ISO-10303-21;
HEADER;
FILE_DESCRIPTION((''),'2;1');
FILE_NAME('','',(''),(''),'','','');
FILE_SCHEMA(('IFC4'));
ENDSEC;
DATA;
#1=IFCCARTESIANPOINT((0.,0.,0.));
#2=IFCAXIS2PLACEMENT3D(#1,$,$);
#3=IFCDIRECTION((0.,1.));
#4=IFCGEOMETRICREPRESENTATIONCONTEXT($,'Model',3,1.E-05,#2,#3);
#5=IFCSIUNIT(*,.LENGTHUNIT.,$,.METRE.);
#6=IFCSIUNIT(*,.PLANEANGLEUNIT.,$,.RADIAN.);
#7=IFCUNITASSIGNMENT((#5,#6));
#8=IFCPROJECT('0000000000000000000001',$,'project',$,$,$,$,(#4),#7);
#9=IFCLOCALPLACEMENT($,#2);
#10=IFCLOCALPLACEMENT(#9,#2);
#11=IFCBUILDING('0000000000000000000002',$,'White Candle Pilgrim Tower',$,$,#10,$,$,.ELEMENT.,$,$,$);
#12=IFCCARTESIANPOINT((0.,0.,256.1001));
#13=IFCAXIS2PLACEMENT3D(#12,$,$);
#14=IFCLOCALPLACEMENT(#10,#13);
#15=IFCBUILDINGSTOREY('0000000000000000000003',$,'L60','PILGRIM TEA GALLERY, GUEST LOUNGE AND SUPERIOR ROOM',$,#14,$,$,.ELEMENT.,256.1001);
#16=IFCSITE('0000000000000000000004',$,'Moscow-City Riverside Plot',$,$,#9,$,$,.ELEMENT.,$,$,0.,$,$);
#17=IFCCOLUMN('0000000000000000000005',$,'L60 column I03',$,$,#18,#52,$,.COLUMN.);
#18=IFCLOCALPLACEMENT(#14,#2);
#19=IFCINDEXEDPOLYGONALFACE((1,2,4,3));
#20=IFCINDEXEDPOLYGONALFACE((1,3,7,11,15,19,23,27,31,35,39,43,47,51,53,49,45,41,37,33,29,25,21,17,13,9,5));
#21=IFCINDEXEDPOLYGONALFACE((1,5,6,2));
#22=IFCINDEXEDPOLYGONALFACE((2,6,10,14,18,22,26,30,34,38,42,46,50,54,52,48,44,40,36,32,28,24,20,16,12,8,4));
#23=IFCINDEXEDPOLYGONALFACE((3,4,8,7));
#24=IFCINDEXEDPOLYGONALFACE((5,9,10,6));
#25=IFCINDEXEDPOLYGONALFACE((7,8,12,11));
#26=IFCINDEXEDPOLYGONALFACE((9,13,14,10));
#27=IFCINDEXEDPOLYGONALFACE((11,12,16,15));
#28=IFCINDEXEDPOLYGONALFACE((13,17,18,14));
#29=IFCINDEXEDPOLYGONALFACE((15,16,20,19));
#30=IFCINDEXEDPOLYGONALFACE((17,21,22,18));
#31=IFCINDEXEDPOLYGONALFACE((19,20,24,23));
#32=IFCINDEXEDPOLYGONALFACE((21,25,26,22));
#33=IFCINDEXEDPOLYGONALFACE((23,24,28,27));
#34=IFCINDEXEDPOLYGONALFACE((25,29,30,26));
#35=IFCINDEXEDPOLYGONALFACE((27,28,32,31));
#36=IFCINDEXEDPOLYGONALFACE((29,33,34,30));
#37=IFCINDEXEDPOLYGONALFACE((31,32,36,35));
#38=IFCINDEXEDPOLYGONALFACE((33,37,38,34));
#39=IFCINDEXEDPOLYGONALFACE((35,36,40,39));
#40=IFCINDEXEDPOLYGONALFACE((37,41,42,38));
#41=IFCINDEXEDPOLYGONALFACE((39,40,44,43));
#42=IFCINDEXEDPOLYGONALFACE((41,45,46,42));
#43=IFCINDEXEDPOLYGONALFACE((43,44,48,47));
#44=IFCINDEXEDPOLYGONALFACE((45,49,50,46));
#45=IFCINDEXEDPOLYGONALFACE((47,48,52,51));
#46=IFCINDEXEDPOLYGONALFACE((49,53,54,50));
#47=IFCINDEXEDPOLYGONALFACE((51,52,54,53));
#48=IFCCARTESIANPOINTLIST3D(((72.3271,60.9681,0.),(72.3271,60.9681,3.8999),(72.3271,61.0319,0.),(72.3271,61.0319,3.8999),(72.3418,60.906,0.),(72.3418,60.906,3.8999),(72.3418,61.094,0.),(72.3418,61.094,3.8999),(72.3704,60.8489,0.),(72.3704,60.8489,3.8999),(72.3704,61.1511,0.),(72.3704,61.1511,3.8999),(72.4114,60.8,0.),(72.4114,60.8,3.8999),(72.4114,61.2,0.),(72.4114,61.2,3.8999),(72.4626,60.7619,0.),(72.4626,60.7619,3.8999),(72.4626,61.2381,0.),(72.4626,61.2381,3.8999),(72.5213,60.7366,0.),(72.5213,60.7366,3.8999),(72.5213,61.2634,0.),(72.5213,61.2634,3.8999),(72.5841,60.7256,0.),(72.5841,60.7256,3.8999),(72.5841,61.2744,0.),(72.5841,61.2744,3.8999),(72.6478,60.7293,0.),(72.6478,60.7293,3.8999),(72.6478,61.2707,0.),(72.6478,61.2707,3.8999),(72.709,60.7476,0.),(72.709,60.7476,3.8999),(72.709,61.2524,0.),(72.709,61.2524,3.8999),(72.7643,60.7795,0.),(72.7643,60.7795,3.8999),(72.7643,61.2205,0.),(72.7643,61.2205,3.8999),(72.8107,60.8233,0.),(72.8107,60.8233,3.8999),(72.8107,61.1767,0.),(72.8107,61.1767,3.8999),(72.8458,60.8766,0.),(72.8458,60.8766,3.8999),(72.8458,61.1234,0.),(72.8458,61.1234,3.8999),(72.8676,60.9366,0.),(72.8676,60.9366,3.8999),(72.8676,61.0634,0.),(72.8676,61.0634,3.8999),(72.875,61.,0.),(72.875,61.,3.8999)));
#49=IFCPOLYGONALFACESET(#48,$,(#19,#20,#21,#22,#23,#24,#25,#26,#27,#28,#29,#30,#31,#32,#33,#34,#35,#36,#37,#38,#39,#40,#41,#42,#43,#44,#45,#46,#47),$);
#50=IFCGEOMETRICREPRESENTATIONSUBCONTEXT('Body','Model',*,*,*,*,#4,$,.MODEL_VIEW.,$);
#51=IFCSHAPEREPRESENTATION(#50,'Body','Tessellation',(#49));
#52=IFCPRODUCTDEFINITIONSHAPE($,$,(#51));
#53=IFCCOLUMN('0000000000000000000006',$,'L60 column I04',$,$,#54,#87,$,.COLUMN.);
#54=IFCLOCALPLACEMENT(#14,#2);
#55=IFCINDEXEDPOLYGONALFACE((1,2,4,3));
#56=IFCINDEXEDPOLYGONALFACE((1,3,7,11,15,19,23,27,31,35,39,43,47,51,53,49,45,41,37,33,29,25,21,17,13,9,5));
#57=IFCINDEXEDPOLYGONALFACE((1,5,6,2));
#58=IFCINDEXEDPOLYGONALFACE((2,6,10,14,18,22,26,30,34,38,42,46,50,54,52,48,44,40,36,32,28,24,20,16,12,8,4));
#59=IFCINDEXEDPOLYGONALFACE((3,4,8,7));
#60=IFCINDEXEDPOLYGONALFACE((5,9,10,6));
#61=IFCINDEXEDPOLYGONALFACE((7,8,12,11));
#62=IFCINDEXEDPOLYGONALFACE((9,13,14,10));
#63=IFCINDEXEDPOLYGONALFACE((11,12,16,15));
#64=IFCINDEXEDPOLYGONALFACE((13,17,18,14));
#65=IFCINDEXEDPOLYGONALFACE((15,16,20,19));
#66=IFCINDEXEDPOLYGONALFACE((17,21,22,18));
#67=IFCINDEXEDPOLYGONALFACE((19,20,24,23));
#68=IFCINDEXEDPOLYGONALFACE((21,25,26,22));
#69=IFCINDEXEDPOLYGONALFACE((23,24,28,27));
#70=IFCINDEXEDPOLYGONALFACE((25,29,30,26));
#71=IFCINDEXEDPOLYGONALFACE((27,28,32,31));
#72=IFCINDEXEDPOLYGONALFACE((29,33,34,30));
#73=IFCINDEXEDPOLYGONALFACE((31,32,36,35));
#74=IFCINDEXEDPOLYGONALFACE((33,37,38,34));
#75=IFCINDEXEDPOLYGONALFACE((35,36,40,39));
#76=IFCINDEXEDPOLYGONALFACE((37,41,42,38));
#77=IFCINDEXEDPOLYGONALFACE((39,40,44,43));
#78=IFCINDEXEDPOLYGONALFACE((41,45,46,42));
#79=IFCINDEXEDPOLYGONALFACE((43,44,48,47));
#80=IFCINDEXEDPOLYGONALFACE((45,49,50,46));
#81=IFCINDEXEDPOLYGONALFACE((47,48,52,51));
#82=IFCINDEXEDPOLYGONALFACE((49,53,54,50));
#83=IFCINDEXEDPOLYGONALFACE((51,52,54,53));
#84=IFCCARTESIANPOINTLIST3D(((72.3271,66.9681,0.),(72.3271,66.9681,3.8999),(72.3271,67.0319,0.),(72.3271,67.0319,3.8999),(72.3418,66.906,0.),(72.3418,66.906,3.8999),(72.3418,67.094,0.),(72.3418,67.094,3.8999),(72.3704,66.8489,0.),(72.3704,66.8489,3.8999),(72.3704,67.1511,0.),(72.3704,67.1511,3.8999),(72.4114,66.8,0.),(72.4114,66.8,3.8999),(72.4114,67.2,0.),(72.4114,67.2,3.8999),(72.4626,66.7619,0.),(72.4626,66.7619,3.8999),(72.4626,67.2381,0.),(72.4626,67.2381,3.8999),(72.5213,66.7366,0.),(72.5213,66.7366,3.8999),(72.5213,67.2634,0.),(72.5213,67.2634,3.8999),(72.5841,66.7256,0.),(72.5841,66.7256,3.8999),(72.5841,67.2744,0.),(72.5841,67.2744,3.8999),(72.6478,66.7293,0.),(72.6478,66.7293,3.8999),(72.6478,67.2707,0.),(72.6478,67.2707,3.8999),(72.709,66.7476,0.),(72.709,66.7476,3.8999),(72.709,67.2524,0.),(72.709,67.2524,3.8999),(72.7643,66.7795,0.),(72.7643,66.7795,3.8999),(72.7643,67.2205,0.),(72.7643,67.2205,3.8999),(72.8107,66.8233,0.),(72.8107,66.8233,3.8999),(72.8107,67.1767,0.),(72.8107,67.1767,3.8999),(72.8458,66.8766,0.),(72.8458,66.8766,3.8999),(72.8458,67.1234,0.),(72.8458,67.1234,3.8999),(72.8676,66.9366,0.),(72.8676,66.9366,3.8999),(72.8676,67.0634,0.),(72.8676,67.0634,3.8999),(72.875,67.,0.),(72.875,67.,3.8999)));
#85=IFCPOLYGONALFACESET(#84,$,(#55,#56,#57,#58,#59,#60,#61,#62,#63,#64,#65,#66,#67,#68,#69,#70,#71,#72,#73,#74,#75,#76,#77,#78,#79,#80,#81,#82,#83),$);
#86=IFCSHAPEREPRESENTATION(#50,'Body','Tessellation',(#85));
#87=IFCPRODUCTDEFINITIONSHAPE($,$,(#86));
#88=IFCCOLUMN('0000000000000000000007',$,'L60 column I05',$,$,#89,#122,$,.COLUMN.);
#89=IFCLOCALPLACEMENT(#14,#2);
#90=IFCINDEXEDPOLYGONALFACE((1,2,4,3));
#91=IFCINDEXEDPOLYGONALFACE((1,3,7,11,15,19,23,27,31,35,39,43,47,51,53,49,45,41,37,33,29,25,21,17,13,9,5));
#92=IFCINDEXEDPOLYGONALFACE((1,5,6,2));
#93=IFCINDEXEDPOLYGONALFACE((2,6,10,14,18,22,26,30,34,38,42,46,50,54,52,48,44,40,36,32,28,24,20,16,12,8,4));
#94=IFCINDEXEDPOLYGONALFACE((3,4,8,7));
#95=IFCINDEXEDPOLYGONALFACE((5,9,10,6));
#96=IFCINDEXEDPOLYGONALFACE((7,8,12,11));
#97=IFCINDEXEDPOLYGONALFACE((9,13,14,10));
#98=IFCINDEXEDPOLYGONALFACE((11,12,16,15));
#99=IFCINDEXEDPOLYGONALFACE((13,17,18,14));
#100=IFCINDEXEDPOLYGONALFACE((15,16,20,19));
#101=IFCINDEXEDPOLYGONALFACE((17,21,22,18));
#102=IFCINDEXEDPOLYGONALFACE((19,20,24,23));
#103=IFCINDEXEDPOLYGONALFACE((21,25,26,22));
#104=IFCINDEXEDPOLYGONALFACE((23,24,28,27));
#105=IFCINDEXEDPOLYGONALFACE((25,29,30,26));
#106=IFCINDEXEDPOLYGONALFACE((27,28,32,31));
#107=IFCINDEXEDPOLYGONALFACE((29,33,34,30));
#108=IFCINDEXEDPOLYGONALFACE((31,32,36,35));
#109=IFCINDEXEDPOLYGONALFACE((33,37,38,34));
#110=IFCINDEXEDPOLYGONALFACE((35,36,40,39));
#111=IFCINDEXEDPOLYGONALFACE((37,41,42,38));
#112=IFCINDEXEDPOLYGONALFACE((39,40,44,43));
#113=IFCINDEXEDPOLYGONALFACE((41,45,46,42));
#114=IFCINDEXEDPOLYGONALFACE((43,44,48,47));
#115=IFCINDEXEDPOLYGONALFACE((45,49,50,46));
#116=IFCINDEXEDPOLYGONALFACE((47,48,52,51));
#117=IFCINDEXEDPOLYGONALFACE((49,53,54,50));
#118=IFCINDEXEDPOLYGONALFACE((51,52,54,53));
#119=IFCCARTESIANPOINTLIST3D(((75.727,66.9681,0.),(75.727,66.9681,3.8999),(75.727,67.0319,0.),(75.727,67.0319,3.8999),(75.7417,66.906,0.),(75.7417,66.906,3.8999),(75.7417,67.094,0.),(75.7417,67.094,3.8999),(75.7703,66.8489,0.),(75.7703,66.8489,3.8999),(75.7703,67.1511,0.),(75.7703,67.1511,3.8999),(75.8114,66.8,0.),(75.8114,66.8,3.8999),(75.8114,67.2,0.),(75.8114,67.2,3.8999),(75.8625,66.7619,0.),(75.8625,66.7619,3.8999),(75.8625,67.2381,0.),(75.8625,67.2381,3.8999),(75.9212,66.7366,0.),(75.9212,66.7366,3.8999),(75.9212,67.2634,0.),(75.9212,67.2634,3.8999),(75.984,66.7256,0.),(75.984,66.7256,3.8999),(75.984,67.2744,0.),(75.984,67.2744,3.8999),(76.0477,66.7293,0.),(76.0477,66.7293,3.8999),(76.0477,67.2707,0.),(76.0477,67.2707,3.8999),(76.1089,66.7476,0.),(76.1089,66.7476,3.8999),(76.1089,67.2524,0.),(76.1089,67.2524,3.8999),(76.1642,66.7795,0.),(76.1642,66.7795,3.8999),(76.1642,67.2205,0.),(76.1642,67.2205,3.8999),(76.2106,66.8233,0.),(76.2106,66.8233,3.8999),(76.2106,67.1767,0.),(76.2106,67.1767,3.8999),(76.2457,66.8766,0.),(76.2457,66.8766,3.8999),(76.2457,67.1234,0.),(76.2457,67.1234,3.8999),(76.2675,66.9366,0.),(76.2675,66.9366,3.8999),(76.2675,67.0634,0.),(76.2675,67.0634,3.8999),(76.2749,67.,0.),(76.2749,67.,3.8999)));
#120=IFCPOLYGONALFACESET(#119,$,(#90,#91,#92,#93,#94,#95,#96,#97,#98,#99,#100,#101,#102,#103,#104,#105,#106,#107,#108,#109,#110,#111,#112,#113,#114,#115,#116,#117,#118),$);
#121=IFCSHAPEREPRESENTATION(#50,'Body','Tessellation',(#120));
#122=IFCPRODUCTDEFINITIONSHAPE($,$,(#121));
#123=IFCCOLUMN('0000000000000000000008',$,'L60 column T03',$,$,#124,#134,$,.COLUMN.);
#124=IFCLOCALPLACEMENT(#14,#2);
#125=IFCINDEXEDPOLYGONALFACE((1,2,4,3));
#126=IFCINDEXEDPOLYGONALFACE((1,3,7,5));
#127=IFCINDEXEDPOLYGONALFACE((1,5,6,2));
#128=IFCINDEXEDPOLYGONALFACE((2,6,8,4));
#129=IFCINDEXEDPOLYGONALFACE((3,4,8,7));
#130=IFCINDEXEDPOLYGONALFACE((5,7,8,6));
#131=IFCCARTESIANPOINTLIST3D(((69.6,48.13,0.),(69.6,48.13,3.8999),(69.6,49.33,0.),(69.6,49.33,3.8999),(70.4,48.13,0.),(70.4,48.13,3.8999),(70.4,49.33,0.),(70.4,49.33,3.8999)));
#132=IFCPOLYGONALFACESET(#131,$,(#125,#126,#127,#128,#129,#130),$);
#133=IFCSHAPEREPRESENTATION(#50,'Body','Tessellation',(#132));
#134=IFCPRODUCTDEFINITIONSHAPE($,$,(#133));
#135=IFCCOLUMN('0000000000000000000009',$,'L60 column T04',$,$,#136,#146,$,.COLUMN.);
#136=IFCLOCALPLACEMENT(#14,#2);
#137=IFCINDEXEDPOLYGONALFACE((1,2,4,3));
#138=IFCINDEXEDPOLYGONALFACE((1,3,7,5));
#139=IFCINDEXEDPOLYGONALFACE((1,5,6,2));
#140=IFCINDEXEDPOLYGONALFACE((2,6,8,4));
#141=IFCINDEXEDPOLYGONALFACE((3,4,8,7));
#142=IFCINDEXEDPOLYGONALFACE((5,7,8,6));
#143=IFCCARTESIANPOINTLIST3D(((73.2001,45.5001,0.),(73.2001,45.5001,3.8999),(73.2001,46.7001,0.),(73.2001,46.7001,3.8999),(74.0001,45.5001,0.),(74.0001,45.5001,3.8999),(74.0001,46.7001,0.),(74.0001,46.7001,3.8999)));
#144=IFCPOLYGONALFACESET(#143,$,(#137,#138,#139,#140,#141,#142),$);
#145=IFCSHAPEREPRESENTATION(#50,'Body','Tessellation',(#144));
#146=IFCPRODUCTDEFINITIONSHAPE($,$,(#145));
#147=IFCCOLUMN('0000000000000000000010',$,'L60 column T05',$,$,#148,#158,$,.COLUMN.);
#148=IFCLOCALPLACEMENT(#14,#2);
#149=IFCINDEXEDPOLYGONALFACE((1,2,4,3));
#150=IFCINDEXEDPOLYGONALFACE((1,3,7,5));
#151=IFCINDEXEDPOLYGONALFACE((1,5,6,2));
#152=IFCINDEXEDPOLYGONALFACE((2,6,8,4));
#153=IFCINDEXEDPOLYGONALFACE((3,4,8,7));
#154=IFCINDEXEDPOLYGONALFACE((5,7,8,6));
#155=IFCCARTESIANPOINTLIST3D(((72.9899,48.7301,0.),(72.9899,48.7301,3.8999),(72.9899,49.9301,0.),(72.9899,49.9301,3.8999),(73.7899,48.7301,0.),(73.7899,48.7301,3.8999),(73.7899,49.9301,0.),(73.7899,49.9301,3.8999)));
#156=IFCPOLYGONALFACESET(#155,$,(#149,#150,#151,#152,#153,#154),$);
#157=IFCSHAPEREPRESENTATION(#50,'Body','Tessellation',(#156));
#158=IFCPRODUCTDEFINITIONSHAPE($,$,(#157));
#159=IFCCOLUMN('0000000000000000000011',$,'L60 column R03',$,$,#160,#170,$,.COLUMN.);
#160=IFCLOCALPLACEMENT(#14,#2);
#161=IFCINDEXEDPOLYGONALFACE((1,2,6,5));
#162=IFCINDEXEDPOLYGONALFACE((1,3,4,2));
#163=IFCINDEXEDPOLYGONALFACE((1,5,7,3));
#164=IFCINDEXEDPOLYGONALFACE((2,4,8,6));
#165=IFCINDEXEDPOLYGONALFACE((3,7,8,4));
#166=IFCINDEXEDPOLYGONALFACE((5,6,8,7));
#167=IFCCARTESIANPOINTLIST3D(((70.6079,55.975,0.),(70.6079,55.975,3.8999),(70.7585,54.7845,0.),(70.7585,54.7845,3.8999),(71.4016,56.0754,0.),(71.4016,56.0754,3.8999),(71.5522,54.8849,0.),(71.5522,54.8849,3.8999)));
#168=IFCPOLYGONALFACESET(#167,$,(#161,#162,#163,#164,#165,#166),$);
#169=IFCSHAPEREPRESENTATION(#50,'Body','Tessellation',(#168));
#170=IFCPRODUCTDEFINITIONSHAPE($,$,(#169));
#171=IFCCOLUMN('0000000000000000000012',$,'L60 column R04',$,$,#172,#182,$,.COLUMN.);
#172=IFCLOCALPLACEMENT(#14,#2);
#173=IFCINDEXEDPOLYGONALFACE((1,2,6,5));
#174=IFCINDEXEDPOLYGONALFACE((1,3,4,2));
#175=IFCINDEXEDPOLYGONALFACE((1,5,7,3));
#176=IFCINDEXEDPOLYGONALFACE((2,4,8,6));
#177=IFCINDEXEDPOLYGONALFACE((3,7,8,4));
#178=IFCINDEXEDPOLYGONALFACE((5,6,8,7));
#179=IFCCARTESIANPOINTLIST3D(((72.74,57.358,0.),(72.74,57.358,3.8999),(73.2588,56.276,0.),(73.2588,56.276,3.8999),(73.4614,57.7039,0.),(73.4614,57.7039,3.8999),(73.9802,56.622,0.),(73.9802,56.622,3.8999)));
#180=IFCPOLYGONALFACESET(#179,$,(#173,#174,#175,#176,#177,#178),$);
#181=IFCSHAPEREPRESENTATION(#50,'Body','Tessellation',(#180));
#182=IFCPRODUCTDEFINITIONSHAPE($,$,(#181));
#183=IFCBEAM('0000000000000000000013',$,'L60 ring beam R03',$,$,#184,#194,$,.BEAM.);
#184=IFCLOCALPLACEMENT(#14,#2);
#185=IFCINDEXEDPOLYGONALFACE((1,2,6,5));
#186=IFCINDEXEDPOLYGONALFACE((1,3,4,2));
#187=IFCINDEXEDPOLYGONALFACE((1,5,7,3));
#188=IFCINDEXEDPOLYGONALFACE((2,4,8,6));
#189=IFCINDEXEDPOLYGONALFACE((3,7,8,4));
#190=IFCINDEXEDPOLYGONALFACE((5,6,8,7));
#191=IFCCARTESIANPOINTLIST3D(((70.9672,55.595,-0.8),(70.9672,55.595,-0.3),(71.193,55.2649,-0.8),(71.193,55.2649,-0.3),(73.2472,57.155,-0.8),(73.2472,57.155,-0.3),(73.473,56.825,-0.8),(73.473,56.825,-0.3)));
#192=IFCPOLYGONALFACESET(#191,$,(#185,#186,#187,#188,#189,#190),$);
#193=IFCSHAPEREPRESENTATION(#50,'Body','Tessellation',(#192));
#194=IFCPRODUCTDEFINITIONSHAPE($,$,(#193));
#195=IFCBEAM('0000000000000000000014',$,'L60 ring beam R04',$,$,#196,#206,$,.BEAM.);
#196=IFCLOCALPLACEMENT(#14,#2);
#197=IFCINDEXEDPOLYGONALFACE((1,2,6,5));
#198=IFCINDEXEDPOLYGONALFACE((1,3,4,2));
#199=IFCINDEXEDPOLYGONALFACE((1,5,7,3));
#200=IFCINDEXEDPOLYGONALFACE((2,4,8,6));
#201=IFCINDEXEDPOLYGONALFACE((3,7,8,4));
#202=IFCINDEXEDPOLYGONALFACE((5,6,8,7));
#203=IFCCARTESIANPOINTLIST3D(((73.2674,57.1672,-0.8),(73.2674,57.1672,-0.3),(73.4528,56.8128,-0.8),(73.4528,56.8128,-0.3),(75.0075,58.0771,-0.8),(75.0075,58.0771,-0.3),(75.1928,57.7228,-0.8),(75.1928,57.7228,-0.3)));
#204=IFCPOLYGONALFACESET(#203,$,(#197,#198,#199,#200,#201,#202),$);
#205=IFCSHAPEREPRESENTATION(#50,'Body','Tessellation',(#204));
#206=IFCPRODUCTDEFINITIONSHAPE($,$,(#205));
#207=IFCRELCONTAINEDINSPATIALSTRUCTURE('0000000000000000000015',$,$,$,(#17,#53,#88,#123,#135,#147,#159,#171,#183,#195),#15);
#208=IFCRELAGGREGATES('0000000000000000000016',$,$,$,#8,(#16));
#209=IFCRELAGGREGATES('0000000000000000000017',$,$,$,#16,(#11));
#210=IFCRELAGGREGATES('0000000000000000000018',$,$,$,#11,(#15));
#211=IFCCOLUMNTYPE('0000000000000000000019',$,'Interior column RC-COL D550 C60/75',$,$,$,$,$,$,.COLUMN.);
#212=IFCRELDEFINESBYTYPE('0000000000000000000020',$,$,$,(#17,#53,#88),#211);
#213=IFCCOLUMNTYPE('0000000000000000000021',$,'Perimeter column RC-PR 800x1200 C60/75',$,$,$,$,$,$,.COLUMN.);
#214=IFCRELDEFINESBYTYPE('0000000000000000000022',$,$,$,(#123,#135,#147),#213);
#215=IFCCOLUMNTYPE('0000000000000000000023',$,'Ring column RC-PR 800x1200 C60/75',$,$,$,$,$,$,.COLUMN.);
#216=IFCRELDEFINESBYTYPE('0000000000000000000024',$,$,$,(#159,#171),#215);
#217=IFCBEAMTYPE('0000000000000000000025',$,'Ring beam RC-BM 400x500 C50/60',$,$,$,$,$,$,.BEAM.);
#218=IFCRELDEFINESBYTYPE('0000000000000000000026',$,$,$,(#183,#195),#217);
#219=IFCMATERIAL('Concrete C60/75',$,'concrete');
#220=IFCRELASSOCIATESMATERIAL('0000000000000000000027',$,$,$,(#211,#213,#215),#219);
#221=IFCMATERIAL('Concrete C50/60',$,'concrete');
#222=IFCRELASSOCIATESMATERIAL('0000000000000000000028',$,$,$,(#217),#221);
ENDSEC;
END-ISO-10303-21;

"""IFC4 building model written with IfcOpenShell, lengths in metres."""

from ifc_helpers import new_model, si_unit, direction, frame, origin, origin_2d, place, context, subcontext, project, spatial, rectangle, circle, extrude, material, material_profile, profile_set, type_object, element, save


model = new_model("IFC4")

# Units and contexts
model_context = context("Model", 3, precision=1e-05, world=origin(), true_north=direction((0.0, 1.0)))
body_context = subcontext(model_context, "Body", "Model", "MODEL_VIEW")
ifc_project = project(units=[si_unit("LENGTHUNIT", "METRE"), si_unit("PLANEANGLEUNIT", "RADIAN")], contexts=[model_context])

# Site, building, storey
site_placement = place(None, origin())
site = spatial("IfcSite", under=ifc_project, at=site_placement, Name="Moscow-City Riverside Plot", CompositionType="ELEMENT", RefElevation=0.0)
building_placement = place(site_placement, origin())
building = spatial("IfcBuilding", under=site, at=building_placement, Name="White Candle Pilgrim Tower", CompositionType="ELEMENT")
storey_placement = place(building_placement, frame((0.0, 0.0, 256.1001)))
storey = spatial("IfcBuildingStorey", under=building, at=storey_placement, Name="L60", Description="PILGRIM TEA GALLERY, GUEST LOUNGE AND SUPERIOR ROOM", CompositionType="ELEMENT", Elevation=256.1001)

# Columns
ifc_material_1 = material(Name="Concrete C60/75", Category="concrete")
ifc_material_profile_1 = material_profile(ifc_material_1, circle(Radius=0.2749, at=origin_2d()), Name="RC-COL D550")
ifc_profile_set_1 = profile_set([ifc_material_profile_1], Name="Concrete C60/75")
column_type_1 = type_object("IfcColumnType", Name="Interior column RC-COL D550 C60/75", PredefinedType="COLUMN", material=ifc_profile_set_1)
for number, where, z_axis, x_axis, name in (
    (1, (72.6001, 61.0, 0.0), (0.0, 0.0, 1.0), (1.0, 0.0, 0.0), "L60 column I03"),
    (2, (72.6001, 67.0, 0.0), (0.0, 0.0, 1.0), (1.0, 0.0, 0.0), "L60 column I04"),
    (3, (76.0, 67.0, 0.0), (0.0, 0.0, 1.0), (1.0, 0.0, 0.0), "L60 column I05"),
):
    element("IfcColumn", number, at=place(storey_placement, frame(where, z_axis=z_axis, x_axis=x_axis)), inside=storey, type_object=column_type_1, Name=name, PredefinedType="COLUMN", context=body_context, shape_type="SweptSolid", body=[
        extrude(circle(Radius=0.2749, at=origin_2d()), origin(), (0.0, 0.0, 1.0), 3.8999),
    ])
ifc_material_profile_2 = material_profile(ifc_material_1, rectangle(XDim=0.8, YDim=1.2, at=origin_2d()), Name="RC-PR 800x1200")
ifc_profile_set_2 = profile_set([ifc_material_profile_2], Name="Concrete C60/75")
column_type_2 = type_object("IfcColumnType", Name="Perimeter column RC-PR 800x1200 C60/75", PredefinedType="COLUMN", material=ifc_profile_set_2)
for number, where, z_axis, x_axis, name in (
    (4, (70.0, 48.73, 0.0), (0.0, 0.0, 1.0), (-1.0, 0.0, 0.0), "L60 column T03"),
    (5, (73.6001, 46.1001, 0.0), (0.0, 0.0, 1.0), (-1.0, 0.0, 0.0), "L60 column T04"),
    (6, (73.3899, 49.3301, 0.0), (0.0, 0.0, 1.0), (-1.0, 0.0, 0.0), "L60 column T05"),
):
    element("IfcColumn", number, at=place(storey_placement, frame(where, z_axis=z_axis, x_axis=x_axis)), inside=storey, type_object=column_type_2, Name=name, PredefinedType="COLUMN", context=body_context, shape_type="SweptSolid", body=[
        extrude(rectangle(XDim=0.8, YDim=1.2, at=origin_2d()), origin(), (0.0, 0.0, 1.0), 3.8999),
    ])
ifc_material_profile_3 = material_profile(ifc_material_1, rectangle(XDim=0.8, YDim=1.2, at=origin_2d()), Name="RC-PR 800x1200")
ifc_profile_set_3 = profile_set([ifc_material_profile_3], Name="Concrete C60/75")
column_type_3 = type_object("IfcColumnType", Name="Ring column RC-PR 800x1200 C60/75", PredefinedType="COLUMN", material=ifc_profile_set_3)
for number, where, z_axis, x_axis, name in (
    (7, (71.0801, 55.4299, 0.0), (0.0, 0.0, 1.0), (-0.992093, -0.125506, 0.0), "L60 column R03"),
    (8, (73.3601, 56.99, 0.0), (0.0, 0.0, 1.0), (-0.901689, -0.432385, 0.0), "L60 column R04"),
):
    element("IfcColumn", number, at=place(storey_placement, frame(where, z_axis=z_axis, x_axis=x_axis)), inside=storey, type_object=column_type_3, Name=name, PredefinedType="COLUMN", context=body_context, shape_type="SweptSolid", body=[
        extrude(rectangle(XDim=0.8, YDim=1.2, at=origin_2d()), origin(), (0.0, 0.0, 1.0), 3.8999),
    ])

# Beams
ifc_material_2 = material(Name="Concrete C50/60", Category="concrete")
ifc_material_profile_4 = material_profile(ifc_material_2, rectangle(XDim=0.3999, YDim=0.5, at=origin_2d()), Name="RC-BM 400x500")
ifc_profile_set_4 = profile_set([ifc_material_profile_4], Name="Concrete C50/60")
beam_type_1 = type_object("IfcBeamType", Name="Ring beam RC-BM 400x500 C50/60", PredefinedType="BEAM", material=ifc_profile_set_4)
beam_1_placement = place(storey_placement, frame((71.0801, 55.4299, -0.55), z_axis=(0.825301, 0.564693, 0.0), x_axis=(-0.564693, 0.825301, 0.0)))
element("IfcBeam", 9, at=beam_1_placement, inside=storey, type_object=beam_type_1, Name="L60 ring beam R03", PredefinedType="BEAM", context=body_context, shape_type="SweptSolid", body=[
    extrude(rectangle(XDim=0.3999, YDim=0.5, at=origin_2d()), origin(), (0.0, 0.0, 1.0), 2.7627),
])
beam_2_placement = place(storey_placement, frame((73.3601, 56.99, -0.55), z_axis=(0.886148, 0.463403, 0.0), x_axis=(-0.463403, 0.886148, 0.0)))
element("IfcBeam", 10, at=beam_2_placement, inside=storey, type_object=beam_type_1, Name="L60 ring beam R04", PredefinedType="BEAM", context=body_context, shape_type="SweptSolid", body=[
    extrude(rectangle(XDim=0.3999, YDim=0.5, at=origin_2d()), origin(), (0.0, 0.0, 1.0), 1.9636),
])

save(model, "model.ifc")
